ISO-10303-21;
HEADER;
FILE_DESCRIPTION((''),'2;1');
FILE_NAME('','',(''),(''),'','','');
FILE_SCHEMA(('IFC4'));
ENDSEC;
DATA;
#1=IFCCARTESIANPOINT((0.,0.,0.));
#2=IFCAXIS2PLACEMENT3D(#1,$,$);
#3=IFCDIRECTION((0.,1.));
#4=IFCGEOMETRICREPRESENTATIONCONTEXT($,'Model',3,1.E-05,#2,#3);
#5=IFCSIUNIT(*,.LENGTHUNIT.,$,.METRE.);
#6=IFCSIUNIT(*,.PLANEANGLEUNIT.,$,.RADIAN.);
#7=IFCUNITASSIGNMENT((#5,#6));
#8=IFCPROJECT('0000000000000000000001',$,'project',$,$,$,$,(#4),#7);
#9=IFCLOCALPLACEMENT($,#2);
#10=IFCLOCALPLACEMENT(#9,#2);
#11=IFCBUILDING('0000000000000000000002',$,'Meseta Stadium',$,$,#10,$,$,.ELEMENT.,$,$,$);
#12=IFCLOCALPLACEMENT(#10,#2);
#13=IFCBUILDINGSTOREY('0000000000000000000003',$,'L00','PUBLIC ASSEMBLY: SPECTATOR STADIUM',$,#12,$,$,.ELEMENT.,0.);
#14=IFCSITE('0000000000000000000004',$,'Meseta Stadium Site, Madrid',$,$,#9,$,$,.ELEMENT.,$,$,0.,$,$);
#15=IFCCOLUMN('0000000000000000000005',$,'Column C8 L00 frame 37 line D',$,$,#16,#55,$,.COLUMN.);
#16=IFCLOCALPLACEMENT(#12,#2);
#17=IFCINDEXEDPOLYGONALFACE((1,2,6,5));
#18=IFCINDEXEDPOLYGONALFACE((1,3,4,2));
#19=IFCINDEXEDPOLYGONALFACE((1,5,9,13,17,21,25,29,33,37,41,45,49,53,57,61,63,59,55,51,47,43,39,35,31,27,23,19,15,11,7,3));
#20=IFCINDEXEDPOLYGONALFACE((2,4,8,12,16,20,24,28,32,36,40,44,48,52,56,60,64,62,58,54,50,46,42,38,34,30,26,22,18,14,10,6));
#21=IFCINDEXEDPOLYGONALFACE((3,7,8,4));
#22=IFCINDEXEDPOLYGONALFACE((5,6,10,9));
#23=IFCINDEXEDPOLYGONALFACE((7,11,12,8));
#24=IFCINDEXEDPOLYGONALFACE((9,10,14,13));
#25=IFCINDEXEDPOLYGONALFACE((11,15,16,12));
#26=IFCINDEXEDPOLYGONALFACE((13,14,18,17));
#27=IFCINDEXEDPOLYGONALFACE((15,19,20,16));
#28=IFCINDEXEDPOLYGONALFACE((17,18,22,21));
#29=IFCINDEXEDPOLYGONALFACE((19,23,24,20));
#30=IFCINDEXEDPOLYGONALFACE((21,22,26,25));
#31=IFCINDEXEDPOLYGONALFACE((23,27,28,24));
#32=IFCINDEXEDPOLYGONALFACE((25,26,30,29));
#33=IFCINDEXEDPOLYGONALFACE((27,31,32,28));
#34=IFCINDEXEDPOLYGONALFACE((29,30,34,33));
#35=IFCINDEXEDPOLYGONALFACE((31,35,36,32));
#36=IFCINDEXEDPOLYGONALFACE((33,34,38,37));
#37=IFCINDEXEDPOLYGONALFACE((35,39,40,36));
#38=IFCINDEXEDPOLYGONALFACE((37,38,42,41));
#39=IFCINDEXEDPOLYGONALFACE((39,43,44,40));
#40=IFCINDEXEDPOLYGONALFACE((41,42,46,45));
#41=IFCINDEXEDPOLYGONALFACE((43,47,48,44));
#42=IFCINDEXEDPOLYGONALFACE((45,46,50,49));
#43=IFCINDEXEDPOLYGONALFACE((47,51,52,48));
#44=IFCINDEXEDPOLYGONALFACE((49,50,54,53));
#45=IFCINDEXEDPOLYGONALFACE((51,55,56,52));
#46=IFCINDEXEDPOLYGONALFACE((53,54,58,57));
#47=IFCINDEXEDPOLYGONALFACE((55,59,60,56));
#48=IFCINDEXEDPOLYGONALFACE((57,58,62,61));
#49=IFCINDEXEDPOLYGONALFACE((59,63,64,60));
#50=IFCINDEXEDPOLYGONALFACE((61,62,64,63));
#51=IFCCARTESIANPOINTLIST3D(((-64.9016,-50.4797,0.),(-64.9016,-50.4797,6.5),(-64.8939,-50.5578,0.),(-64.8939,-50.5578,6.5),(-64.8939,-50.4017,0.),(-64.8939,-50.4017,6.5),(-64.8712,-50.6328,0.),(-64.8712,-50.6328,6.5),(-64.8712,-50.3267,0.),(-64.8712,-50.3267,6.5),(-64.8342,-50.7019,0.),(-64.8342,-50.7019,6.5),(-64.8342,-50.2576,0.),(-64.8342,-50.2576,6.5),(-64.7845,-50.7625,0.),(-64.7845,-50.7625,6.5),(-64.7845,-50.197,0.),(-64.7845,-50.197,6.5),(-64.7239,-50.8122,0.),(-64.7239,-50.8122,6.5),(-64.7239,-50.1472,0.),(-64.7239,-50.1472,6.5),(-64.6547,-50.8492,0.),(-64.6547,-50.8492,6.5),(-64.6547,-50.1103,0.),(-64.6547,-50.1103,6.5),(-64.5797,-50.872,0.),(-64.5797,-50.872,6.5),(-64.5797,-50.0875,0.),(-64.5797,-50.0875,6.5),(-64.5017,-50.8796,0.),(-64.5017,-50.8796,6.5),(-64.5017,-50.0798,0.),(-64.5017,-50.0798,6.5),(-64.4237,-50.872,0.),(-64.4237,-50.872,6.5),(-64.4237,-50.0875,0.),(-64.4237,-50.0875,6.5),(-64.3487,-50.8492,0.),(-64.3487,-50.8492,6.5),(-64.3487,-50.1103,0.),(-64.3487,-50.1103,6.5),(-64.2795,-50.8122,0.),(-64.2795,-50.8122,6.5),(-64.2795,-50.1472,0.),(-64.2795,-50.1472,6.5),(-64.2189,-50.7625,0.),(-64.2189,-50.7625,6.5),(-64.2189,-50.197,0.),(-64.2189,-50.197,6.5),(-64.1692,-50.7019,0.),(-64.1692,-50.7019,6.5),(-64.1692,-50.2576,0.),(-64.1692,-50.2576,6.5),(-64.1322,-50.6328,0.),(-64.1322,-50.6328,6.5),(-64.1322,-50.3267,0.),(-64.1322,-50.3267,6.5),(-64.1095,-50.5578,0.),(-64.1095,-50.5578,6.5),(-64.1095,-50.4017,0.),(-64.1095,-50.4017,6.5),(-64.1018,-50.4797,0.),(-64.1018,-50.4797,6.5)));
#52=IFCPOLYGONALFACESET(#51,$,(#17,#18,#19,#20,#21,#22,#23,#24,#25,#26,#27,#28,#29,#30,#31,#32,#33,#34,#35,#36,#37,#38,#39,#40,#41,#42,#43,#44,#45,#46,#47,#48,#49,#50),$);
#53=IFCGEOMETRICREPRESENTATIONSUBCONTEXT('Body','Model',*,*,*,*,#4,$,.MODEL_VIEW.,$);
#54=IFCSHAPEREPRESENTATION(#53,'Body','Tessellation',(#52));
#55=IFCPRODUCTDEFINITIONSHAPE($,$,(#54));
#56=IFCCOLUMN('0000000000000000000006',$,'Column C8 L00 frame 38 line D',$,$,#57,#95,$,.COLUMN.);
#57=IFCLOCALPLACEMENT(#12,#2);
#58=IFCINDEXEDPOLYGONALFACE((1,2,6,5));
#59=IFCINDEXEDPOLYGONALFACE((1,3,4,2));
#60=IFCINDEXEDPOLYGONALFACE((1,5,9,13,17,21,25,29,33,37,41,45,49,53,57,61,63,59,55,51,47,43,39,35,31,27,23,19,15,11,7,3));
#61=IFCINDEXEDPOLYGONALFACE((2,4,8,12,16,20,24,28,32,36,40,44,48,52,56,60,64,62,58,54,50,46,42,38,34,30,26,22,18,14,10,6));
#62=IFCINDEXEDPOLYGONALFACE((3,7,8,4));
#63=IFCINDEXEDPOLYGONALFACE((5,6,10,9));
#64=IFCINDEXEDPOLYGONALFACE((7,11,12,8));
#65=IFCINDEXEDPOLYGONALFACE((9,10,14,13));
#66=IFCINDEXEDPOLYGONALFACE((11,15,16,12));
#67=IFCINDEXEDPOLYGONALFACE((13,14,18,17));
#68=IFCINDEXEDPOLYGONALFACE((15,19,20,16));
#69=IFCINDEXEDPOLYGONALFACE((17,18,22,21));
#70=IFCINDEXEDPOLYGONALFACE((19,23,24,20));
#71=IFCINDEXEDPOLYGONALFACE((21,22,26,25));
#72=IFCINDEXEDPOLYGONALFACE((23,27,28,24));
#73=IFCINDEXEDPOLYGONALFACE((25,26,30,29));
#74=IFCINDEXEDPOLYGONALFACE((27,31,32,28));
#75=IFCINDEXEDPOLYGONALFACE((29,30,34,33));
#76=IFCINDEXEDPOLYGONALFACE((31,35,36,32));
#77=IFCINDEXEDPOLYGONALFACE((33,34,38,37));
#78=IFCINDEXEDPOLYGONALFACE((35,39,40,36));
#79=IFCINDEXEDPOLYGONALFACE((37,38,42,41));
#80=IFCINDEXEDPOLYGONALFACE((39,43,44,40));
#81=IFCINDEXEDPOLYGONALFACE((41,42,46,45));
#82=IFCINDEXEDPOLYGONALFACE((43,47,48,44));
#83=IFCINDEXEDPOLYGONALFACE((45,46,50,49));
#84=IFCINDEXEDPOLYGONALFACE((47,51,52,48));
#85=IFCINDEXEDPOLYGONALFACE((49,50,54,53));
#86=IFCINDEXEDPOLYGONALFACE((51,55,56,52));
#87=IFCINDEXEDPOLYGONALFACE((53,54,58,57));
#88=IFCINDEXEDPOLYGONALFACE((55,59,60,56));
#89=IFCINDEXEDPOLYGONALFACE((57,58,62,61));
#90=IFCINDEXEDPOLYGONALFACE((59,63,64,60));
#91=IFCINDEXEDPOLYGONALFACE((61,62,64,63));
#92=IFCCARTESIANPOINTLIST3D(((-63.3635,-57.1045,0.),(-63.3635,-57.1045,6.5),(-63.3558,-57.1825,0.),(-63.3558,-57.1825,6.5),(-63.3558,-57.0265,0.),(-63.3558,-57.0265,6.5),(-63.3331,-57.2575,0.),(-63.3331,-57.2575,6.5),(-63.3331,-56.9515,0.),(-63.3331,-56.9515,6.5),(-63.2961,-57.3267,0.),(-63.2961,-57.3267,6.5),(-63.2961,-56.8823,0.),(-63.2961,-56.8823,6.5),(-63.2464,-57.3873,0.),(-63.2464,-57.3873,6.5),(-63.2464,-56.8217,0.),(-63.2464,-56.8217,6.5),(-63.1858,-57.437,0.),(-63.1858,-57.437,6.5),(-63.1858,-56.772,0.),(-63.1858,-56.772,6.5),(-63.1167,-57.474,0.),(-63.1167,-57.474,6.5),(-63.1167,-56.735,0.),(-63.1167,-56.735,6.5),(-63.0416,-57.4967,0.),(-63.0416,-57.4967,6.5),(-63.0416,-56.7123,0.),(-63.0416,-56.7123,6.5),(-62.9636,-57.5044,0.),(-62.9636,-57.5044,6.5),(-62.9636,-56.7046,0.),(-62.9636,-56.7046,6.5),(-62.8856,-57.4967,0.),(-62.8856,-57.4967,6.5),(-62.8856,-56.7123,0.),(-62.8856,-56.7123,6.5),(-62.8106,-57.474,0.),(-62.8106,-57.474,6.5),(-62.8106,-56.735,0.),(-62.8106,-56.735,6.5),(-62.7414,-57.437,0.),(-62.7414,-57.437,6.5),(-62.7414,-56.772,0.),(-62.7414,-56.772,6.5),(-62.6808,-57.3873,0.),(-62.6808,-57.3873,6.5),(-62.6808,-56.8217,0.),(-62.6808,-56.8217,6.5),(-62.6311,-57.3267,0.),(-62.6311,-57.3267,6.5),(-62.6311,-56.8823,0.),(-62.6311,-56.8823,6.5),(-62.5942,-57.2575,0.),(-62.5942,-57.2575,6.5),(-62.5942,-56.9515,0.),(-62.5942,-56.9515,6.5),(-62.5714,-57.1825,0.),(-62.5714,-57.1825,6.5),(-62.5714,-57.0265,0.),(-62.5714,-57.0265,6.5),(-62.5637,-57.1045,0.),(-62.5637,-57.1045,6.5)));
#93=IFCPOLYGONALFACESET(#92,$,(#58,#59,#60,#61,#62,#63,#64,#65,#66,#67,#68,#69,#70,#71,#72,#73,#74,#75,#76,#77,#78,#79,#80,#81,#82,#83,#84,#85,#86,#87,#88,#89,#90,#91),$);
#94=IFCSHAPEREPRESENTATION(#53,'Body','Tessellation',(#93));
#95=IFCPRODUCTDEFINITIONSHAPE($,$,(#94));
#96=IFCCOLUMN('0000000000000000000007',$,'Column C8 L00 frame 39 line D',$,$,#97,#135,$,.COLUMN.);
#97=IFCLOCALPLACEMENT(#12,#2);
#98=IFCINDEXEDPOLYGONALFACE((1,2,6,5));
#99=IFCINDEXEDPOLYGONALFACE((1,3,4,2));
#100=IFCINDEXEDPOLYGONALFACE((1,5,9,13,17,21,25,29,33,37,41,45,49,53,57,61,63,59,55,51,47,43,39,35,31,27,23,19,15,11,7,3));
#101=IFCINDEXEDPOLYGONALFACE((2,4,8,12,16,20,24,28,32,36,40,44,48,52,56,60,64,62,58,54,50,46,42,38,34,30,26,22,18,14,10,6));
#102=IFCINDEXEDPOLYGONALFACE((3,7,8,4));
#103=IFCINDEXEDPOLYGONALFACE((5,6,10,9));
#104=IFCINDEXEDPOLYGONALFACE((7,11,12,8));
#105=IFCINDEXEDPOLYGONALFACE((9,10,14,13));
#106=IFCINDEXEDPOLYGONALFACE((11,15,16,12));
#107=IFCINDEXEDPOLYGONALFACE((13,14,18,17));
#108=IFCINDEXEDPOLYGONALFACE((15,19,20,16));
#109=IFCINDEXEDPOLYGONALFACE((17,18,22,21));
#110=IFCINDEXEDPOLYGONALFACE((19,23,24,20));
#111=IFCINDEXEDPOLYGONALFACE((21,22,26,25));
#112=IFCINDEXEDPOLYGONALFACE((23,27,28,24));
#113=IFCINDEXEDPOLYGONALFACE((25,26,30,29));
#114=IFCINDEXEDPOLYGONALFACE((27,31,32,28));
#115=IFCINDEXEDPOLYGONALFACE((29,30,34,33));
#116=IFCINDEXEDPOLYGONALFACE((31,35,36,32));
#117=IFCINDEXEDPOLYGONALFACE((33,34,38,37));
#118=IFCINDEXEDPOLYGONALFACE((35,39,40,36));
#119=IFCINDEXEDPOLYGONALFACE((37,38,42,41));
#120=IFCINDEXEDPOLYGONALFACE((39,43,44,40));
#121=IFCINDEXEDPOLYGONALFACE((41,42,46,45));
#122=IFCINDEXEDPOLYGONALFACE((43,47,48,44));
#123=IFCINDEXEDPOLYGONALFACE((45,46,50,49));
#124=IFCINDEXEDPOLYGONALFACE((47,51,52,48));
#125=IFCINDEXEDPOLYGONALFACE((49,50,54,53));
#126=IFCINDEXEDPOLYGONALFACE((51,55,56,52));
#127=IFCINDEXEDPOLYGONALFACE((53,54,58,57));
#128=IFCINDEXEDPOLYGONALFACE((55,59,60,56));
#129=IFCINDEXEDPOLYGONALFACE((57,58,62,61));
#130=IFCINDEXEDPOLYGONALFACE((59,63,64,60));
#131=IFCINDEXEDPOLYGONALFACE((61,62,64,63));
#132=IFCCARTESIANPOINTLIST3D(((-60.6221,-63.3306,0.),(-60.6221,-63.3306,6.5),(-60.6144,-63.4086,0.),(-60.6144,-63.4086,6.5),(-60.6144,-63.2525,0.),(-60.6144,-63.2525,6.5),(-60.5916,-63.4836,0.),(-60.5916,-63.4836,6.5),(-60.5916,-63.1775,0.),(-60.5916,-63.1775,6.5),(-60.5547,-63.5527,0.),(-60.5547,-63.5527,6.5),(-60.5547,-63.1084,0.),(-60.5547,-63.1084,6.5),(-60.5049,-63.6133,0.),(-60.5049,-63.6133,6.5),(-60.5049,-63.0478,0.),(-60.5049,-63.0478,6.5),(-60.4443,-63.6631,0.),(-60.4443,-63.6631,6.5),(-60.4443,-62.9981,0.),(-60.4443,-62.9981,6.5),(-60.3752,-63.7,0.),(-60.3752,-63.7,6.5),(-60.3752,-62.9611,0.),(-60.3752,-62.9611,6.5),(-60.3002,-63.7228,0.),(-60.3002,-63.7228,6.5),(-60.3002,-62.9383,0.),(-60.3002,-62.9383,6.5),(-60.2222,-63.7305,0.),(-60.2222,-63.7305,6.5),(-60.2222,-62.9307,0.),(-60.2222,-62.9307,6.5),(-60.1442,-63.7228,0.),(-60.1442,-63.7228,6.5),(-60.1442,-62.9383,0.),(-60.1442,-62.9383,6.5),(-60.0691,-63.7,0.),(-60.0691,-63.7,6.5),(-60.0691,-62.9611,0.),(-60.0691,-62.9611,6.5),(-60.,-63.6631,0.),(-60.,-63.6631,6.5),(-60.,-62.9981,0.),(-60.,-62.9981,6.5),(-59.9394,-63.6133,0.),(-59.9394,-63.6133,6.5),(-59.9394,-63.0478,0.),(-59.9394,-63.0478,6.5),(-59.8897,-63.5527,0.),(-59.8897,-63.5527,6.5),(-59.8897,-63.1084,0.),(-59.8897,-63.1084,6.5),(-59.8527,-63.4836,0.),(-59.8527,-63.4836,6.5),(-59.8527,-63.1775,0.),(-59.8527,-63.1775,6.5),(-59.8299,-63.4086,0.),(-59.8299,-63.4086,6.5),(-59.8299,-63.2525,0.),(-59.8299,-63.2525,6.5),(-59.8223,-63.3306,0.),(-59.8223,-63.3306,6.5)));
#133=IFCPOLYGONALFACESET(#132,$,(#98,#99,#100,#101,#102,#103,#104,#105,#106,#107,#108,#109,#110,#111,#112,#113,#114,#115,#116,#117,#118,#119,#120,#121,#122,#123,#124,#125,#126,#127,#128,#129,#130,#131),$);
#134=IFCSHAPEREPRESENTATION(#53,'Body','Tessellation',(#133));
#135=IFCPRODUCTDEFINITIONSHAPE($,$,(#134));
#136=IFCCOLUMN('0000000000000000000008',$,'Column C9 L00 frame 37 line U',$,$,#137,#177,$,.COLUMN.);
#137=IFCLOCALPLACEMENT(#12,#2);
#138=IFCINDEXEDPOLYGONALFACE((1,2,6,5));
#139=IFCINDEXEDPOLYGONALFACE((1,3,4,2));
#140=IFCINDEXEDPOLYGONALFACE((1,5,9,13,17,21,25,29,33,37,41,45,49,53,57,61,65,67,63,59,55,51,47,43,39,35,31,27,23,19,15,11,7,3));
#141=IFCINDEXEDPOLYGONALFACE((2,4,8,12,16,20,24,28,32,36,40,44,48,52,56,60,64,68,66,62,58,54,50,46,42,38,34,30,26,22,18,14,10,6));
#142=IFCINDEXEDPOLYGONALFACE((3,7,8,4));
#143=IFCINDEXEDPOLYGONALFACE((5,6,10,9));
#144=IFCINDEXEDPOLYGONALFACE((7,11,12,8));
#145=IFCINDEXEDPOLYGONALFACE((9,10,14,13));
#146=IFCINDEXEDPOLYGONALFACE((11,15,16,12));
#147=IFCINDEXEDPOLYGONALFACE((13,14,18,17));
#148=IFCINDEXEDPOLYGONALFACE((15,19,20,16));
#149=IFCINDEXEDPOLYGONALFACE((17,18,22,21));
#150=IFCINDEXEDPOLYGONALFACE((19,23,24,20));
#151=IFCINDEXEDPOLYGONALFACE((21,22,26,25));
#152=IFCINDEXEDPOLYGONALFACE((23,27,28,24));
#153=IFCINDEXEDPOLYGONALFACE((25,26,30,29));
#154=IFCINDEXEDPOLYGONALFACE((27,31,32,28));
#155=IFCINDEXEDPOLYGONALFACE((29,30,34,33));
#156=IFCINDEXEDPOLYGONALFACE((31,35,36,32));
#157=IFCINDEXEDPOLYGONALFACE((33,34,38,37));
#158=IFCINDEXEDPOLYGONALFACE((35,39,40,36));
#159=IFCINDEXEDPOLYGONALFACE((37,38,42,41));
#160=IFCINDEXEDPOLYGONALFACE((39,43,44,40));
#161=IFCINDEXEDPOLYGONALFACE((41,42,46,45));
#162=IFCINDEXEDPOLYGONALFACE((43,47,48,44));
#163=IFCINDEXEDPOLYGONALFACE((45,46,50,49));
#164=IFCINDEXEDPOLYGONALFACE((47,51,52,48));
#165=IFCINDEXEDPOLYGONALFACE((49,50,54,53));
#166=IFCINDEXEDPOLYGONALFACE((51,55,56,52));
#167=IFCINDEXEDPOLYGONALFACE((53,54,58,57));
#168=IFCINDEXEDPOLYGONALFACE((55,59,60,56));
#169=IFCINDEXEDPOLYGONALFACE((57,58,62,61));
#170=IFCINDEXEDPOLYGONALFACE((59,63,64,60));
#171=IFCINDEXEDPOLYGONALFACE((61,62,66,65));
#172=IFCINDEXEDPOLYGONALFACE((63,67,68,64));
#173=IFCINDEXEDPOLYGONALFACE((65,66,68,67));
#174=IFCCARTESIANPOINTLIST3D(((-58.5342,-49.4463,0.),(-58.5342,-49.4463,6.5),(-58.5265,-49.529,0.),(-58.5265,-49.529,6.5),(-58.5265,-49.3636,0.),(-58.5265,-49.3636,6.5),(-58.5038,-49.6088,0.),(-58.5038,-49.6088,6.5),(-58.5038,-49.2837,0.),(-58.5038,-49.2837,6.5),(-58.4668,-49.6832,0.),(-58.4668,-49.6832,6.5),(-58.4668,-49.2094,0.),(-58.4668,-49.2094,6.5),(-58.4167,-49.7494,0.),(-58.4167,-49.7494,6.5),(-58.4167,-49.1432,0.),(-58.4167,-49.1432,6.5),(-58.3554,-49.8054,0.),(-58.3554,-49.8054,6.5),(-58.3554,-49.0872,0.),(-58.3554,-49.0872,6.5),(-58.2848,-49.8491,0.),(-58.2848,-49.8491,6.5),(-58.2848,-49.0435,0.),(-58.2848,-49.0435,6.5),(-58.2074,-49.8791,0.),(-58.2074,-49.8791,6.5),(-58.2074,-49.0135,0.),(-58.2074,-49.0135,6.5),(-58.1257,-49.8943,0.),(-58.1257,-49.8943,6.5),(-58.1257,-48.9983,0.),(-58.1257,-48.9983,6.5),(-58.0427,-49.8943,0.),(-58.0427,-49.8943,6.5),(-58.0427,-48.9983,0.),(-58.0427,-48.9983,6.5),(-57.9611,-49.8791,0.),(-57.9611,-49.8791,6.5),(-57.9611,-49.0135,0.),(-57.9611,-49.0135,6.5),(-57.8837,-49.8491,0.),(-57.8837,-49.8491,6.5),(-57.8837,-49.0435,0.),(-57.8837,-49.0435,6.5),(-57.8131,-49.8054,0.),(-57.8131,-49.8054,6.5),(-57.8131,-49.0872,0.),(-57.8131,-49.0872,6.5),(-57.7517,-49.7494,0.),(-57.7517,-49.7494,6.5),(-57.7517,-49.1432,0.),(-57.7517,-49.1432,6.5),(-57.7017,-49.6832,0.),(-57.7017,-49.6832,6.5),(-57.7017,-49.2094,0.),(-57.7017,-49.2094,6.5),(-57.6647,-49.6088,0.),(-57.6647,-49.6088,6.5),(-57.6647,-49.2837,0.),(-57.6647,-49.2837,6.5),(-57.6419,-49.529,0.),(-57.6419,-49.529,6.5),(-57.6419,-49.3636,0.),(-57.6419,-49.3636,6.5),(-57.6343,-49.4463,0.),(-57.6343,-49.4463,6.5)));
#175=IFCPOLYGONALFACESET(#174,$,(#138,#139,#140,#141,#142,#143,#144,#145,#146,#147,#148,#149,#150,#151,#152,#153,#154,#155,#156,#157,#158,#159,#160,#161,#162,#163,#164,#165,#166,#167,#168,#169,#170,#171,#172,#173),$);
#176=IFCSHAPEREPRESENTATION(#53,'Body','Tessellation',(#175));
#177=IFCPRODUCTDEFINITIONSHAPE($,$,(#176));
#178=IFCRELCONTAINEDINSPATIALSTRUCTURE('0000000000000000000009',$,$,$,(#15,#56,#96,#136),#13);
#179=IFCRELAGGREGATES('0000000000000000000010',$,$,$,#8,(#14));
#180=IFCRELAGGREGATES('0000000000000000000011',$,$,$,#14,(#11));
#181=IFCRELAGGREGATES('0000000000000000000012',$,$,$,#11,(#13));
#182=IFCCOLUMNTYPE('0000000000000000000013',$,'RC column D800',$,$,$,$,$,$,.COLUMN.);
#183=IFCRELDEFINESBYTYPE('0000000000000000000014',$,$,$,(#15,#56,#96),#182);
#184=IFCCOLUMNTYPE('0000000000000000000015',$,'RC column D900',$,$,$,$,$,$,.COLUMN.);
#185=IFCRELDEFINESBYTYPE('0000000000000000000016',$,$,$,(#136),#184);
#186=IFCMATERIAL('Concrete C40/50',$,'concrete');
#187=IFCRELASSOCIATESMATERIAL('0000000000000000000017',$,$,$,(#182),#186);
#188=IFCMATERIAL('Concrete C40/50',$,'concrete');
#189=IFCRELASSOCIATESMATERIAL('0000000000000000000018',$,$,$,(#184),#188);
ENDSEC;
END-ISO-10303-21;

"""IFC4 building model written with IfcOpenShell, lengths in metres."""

from ifc_helpers import new_model, si_unit, direction, frame, origin, origin_2d, place, context, subcontext, project, spatial, circle, extrude, material, material_profile, profile_set, type_object, element, save


model = new_model("IFC4")

# Units and contexts
model_context = context("Model", 3, precision=1e-05, world=origin(), true_north=direction((0.0, 1.0)))
body_context = subcontext(model_context, "Body", "Model", "MODEL_VIEW")
ifc_project = project(units=[si_unit("LENGTHUNIT", "METRE"), si_unit("PLANEANGLEUNIT", "RADIAN")], contexts=[model_context])

# Site, building, storey
site_placement = place(None, origin())
site = spatial("IfcSite", under=ifc_project, at=site_placement, Name="Meseta Stadium Site, Madrid", CompositionType="ELEMENT", RefElevation=0.0)
building_placement = place(site_placement, origin())
building = spatial("IfcBuilding", under=site, at=building_placement, Name="Meseta Stadium", CompositionType="ELEMENT")
storey_placement = place(building_placement, origin())
storey = spatial("IfcBuildingStorey", under=building, at=storey_placement, Name="L00", Description="PUBLIC ASSEMBLY: SPECTATOR STADIUM", CompositionType="ELEMENT", Elevation=0.0)

# Columns
ifc_material_1 = material(Name="Concrete C40/50", Category="concrete")
ifc_material_profile_1 = material_profile(ifc_material_1, circle(Radius=0.3999, at=origin_2d()), Name="RC D800")
ifc_profile_set_1 = profile_set([ifc_material_profile_1], Name="Concrete C40/50")
column_type_1 = type_object("IfcColumnType", Name="RC column D800", PredefinedType="COLUMN", material=ifc_profile_set_1)
for number, where, z_axis, x_axis, name in (
    (1, (-64.5017, -50.4797, 0.0), (0.0, 0.0, 1.0), (1.0, 0.0, 0.0), "Column C8 L00 frame 37 line D"),
    (2, (-62.9636, -57.1045, 0.0), (0.0, 0.0, 1.0), (1.0, 0.0, 0.0), "Column C8 L00 frame 38 line D"),
    (3, (-60.2222, -63.3306, 0.0), (0.0, 0.0, 1.0), (1.0, 0.0, 0.0), "Column C8 L00 frame 39 line D"),
):
    element("IfcColumn", number, at=place(storey_placement, frame(where, z_axis=z_axis, x_axis=x_axis)), inside=storey, type_object=column_type_1, Name=name, PredefinedType="COLUMN", context=body_context, shape_type="SweptSolid", body=[
        extrude(circle(Radius=0.3999, at=origin_2d()), origin(), (0.0, 0.0, 1.0), 6.5),
    ])
ifc_material_2 = material(Name="Concrete C40/50", Category="concrete")
ifc_material_profile_2 = material_profile(ifc_material_2, circle(Radius=0.45, at=origin_2d()), Name="RC D900")
ifc_profile_set_2 = profile_set([ifc_material_profile_2], Name="Concrete C40/50")
column_type_2 = type_object("IfcColumnType", Name="RC column D900", PredefinedType="COLUMN", material=ifc_profile_set_2)
for number, where, z_axis, x_axis, name in (
    (4, (-58.0842, -49.4463, 0.0), (0.0, 0.0, 1.0), (1.0, 0.0, 0.0), "Column C9 L00 frame 37 line U"),
):
    element("IfcColumn", number, at=place(storey_placement, frame(where, z_axis=z_axis, x_axis=x_axis)), inside=storey, type_object=column_type_2, Name=name, PredefinedType="COLUMN", context=body_context, shape_type="SweptSolid", body=[
        extrude(circle(Radius=0.45, at=origin_2d()), origin(), (0.0, 0.0, 1.0), 6.5),
    ])

save(model, "model.ifc")
